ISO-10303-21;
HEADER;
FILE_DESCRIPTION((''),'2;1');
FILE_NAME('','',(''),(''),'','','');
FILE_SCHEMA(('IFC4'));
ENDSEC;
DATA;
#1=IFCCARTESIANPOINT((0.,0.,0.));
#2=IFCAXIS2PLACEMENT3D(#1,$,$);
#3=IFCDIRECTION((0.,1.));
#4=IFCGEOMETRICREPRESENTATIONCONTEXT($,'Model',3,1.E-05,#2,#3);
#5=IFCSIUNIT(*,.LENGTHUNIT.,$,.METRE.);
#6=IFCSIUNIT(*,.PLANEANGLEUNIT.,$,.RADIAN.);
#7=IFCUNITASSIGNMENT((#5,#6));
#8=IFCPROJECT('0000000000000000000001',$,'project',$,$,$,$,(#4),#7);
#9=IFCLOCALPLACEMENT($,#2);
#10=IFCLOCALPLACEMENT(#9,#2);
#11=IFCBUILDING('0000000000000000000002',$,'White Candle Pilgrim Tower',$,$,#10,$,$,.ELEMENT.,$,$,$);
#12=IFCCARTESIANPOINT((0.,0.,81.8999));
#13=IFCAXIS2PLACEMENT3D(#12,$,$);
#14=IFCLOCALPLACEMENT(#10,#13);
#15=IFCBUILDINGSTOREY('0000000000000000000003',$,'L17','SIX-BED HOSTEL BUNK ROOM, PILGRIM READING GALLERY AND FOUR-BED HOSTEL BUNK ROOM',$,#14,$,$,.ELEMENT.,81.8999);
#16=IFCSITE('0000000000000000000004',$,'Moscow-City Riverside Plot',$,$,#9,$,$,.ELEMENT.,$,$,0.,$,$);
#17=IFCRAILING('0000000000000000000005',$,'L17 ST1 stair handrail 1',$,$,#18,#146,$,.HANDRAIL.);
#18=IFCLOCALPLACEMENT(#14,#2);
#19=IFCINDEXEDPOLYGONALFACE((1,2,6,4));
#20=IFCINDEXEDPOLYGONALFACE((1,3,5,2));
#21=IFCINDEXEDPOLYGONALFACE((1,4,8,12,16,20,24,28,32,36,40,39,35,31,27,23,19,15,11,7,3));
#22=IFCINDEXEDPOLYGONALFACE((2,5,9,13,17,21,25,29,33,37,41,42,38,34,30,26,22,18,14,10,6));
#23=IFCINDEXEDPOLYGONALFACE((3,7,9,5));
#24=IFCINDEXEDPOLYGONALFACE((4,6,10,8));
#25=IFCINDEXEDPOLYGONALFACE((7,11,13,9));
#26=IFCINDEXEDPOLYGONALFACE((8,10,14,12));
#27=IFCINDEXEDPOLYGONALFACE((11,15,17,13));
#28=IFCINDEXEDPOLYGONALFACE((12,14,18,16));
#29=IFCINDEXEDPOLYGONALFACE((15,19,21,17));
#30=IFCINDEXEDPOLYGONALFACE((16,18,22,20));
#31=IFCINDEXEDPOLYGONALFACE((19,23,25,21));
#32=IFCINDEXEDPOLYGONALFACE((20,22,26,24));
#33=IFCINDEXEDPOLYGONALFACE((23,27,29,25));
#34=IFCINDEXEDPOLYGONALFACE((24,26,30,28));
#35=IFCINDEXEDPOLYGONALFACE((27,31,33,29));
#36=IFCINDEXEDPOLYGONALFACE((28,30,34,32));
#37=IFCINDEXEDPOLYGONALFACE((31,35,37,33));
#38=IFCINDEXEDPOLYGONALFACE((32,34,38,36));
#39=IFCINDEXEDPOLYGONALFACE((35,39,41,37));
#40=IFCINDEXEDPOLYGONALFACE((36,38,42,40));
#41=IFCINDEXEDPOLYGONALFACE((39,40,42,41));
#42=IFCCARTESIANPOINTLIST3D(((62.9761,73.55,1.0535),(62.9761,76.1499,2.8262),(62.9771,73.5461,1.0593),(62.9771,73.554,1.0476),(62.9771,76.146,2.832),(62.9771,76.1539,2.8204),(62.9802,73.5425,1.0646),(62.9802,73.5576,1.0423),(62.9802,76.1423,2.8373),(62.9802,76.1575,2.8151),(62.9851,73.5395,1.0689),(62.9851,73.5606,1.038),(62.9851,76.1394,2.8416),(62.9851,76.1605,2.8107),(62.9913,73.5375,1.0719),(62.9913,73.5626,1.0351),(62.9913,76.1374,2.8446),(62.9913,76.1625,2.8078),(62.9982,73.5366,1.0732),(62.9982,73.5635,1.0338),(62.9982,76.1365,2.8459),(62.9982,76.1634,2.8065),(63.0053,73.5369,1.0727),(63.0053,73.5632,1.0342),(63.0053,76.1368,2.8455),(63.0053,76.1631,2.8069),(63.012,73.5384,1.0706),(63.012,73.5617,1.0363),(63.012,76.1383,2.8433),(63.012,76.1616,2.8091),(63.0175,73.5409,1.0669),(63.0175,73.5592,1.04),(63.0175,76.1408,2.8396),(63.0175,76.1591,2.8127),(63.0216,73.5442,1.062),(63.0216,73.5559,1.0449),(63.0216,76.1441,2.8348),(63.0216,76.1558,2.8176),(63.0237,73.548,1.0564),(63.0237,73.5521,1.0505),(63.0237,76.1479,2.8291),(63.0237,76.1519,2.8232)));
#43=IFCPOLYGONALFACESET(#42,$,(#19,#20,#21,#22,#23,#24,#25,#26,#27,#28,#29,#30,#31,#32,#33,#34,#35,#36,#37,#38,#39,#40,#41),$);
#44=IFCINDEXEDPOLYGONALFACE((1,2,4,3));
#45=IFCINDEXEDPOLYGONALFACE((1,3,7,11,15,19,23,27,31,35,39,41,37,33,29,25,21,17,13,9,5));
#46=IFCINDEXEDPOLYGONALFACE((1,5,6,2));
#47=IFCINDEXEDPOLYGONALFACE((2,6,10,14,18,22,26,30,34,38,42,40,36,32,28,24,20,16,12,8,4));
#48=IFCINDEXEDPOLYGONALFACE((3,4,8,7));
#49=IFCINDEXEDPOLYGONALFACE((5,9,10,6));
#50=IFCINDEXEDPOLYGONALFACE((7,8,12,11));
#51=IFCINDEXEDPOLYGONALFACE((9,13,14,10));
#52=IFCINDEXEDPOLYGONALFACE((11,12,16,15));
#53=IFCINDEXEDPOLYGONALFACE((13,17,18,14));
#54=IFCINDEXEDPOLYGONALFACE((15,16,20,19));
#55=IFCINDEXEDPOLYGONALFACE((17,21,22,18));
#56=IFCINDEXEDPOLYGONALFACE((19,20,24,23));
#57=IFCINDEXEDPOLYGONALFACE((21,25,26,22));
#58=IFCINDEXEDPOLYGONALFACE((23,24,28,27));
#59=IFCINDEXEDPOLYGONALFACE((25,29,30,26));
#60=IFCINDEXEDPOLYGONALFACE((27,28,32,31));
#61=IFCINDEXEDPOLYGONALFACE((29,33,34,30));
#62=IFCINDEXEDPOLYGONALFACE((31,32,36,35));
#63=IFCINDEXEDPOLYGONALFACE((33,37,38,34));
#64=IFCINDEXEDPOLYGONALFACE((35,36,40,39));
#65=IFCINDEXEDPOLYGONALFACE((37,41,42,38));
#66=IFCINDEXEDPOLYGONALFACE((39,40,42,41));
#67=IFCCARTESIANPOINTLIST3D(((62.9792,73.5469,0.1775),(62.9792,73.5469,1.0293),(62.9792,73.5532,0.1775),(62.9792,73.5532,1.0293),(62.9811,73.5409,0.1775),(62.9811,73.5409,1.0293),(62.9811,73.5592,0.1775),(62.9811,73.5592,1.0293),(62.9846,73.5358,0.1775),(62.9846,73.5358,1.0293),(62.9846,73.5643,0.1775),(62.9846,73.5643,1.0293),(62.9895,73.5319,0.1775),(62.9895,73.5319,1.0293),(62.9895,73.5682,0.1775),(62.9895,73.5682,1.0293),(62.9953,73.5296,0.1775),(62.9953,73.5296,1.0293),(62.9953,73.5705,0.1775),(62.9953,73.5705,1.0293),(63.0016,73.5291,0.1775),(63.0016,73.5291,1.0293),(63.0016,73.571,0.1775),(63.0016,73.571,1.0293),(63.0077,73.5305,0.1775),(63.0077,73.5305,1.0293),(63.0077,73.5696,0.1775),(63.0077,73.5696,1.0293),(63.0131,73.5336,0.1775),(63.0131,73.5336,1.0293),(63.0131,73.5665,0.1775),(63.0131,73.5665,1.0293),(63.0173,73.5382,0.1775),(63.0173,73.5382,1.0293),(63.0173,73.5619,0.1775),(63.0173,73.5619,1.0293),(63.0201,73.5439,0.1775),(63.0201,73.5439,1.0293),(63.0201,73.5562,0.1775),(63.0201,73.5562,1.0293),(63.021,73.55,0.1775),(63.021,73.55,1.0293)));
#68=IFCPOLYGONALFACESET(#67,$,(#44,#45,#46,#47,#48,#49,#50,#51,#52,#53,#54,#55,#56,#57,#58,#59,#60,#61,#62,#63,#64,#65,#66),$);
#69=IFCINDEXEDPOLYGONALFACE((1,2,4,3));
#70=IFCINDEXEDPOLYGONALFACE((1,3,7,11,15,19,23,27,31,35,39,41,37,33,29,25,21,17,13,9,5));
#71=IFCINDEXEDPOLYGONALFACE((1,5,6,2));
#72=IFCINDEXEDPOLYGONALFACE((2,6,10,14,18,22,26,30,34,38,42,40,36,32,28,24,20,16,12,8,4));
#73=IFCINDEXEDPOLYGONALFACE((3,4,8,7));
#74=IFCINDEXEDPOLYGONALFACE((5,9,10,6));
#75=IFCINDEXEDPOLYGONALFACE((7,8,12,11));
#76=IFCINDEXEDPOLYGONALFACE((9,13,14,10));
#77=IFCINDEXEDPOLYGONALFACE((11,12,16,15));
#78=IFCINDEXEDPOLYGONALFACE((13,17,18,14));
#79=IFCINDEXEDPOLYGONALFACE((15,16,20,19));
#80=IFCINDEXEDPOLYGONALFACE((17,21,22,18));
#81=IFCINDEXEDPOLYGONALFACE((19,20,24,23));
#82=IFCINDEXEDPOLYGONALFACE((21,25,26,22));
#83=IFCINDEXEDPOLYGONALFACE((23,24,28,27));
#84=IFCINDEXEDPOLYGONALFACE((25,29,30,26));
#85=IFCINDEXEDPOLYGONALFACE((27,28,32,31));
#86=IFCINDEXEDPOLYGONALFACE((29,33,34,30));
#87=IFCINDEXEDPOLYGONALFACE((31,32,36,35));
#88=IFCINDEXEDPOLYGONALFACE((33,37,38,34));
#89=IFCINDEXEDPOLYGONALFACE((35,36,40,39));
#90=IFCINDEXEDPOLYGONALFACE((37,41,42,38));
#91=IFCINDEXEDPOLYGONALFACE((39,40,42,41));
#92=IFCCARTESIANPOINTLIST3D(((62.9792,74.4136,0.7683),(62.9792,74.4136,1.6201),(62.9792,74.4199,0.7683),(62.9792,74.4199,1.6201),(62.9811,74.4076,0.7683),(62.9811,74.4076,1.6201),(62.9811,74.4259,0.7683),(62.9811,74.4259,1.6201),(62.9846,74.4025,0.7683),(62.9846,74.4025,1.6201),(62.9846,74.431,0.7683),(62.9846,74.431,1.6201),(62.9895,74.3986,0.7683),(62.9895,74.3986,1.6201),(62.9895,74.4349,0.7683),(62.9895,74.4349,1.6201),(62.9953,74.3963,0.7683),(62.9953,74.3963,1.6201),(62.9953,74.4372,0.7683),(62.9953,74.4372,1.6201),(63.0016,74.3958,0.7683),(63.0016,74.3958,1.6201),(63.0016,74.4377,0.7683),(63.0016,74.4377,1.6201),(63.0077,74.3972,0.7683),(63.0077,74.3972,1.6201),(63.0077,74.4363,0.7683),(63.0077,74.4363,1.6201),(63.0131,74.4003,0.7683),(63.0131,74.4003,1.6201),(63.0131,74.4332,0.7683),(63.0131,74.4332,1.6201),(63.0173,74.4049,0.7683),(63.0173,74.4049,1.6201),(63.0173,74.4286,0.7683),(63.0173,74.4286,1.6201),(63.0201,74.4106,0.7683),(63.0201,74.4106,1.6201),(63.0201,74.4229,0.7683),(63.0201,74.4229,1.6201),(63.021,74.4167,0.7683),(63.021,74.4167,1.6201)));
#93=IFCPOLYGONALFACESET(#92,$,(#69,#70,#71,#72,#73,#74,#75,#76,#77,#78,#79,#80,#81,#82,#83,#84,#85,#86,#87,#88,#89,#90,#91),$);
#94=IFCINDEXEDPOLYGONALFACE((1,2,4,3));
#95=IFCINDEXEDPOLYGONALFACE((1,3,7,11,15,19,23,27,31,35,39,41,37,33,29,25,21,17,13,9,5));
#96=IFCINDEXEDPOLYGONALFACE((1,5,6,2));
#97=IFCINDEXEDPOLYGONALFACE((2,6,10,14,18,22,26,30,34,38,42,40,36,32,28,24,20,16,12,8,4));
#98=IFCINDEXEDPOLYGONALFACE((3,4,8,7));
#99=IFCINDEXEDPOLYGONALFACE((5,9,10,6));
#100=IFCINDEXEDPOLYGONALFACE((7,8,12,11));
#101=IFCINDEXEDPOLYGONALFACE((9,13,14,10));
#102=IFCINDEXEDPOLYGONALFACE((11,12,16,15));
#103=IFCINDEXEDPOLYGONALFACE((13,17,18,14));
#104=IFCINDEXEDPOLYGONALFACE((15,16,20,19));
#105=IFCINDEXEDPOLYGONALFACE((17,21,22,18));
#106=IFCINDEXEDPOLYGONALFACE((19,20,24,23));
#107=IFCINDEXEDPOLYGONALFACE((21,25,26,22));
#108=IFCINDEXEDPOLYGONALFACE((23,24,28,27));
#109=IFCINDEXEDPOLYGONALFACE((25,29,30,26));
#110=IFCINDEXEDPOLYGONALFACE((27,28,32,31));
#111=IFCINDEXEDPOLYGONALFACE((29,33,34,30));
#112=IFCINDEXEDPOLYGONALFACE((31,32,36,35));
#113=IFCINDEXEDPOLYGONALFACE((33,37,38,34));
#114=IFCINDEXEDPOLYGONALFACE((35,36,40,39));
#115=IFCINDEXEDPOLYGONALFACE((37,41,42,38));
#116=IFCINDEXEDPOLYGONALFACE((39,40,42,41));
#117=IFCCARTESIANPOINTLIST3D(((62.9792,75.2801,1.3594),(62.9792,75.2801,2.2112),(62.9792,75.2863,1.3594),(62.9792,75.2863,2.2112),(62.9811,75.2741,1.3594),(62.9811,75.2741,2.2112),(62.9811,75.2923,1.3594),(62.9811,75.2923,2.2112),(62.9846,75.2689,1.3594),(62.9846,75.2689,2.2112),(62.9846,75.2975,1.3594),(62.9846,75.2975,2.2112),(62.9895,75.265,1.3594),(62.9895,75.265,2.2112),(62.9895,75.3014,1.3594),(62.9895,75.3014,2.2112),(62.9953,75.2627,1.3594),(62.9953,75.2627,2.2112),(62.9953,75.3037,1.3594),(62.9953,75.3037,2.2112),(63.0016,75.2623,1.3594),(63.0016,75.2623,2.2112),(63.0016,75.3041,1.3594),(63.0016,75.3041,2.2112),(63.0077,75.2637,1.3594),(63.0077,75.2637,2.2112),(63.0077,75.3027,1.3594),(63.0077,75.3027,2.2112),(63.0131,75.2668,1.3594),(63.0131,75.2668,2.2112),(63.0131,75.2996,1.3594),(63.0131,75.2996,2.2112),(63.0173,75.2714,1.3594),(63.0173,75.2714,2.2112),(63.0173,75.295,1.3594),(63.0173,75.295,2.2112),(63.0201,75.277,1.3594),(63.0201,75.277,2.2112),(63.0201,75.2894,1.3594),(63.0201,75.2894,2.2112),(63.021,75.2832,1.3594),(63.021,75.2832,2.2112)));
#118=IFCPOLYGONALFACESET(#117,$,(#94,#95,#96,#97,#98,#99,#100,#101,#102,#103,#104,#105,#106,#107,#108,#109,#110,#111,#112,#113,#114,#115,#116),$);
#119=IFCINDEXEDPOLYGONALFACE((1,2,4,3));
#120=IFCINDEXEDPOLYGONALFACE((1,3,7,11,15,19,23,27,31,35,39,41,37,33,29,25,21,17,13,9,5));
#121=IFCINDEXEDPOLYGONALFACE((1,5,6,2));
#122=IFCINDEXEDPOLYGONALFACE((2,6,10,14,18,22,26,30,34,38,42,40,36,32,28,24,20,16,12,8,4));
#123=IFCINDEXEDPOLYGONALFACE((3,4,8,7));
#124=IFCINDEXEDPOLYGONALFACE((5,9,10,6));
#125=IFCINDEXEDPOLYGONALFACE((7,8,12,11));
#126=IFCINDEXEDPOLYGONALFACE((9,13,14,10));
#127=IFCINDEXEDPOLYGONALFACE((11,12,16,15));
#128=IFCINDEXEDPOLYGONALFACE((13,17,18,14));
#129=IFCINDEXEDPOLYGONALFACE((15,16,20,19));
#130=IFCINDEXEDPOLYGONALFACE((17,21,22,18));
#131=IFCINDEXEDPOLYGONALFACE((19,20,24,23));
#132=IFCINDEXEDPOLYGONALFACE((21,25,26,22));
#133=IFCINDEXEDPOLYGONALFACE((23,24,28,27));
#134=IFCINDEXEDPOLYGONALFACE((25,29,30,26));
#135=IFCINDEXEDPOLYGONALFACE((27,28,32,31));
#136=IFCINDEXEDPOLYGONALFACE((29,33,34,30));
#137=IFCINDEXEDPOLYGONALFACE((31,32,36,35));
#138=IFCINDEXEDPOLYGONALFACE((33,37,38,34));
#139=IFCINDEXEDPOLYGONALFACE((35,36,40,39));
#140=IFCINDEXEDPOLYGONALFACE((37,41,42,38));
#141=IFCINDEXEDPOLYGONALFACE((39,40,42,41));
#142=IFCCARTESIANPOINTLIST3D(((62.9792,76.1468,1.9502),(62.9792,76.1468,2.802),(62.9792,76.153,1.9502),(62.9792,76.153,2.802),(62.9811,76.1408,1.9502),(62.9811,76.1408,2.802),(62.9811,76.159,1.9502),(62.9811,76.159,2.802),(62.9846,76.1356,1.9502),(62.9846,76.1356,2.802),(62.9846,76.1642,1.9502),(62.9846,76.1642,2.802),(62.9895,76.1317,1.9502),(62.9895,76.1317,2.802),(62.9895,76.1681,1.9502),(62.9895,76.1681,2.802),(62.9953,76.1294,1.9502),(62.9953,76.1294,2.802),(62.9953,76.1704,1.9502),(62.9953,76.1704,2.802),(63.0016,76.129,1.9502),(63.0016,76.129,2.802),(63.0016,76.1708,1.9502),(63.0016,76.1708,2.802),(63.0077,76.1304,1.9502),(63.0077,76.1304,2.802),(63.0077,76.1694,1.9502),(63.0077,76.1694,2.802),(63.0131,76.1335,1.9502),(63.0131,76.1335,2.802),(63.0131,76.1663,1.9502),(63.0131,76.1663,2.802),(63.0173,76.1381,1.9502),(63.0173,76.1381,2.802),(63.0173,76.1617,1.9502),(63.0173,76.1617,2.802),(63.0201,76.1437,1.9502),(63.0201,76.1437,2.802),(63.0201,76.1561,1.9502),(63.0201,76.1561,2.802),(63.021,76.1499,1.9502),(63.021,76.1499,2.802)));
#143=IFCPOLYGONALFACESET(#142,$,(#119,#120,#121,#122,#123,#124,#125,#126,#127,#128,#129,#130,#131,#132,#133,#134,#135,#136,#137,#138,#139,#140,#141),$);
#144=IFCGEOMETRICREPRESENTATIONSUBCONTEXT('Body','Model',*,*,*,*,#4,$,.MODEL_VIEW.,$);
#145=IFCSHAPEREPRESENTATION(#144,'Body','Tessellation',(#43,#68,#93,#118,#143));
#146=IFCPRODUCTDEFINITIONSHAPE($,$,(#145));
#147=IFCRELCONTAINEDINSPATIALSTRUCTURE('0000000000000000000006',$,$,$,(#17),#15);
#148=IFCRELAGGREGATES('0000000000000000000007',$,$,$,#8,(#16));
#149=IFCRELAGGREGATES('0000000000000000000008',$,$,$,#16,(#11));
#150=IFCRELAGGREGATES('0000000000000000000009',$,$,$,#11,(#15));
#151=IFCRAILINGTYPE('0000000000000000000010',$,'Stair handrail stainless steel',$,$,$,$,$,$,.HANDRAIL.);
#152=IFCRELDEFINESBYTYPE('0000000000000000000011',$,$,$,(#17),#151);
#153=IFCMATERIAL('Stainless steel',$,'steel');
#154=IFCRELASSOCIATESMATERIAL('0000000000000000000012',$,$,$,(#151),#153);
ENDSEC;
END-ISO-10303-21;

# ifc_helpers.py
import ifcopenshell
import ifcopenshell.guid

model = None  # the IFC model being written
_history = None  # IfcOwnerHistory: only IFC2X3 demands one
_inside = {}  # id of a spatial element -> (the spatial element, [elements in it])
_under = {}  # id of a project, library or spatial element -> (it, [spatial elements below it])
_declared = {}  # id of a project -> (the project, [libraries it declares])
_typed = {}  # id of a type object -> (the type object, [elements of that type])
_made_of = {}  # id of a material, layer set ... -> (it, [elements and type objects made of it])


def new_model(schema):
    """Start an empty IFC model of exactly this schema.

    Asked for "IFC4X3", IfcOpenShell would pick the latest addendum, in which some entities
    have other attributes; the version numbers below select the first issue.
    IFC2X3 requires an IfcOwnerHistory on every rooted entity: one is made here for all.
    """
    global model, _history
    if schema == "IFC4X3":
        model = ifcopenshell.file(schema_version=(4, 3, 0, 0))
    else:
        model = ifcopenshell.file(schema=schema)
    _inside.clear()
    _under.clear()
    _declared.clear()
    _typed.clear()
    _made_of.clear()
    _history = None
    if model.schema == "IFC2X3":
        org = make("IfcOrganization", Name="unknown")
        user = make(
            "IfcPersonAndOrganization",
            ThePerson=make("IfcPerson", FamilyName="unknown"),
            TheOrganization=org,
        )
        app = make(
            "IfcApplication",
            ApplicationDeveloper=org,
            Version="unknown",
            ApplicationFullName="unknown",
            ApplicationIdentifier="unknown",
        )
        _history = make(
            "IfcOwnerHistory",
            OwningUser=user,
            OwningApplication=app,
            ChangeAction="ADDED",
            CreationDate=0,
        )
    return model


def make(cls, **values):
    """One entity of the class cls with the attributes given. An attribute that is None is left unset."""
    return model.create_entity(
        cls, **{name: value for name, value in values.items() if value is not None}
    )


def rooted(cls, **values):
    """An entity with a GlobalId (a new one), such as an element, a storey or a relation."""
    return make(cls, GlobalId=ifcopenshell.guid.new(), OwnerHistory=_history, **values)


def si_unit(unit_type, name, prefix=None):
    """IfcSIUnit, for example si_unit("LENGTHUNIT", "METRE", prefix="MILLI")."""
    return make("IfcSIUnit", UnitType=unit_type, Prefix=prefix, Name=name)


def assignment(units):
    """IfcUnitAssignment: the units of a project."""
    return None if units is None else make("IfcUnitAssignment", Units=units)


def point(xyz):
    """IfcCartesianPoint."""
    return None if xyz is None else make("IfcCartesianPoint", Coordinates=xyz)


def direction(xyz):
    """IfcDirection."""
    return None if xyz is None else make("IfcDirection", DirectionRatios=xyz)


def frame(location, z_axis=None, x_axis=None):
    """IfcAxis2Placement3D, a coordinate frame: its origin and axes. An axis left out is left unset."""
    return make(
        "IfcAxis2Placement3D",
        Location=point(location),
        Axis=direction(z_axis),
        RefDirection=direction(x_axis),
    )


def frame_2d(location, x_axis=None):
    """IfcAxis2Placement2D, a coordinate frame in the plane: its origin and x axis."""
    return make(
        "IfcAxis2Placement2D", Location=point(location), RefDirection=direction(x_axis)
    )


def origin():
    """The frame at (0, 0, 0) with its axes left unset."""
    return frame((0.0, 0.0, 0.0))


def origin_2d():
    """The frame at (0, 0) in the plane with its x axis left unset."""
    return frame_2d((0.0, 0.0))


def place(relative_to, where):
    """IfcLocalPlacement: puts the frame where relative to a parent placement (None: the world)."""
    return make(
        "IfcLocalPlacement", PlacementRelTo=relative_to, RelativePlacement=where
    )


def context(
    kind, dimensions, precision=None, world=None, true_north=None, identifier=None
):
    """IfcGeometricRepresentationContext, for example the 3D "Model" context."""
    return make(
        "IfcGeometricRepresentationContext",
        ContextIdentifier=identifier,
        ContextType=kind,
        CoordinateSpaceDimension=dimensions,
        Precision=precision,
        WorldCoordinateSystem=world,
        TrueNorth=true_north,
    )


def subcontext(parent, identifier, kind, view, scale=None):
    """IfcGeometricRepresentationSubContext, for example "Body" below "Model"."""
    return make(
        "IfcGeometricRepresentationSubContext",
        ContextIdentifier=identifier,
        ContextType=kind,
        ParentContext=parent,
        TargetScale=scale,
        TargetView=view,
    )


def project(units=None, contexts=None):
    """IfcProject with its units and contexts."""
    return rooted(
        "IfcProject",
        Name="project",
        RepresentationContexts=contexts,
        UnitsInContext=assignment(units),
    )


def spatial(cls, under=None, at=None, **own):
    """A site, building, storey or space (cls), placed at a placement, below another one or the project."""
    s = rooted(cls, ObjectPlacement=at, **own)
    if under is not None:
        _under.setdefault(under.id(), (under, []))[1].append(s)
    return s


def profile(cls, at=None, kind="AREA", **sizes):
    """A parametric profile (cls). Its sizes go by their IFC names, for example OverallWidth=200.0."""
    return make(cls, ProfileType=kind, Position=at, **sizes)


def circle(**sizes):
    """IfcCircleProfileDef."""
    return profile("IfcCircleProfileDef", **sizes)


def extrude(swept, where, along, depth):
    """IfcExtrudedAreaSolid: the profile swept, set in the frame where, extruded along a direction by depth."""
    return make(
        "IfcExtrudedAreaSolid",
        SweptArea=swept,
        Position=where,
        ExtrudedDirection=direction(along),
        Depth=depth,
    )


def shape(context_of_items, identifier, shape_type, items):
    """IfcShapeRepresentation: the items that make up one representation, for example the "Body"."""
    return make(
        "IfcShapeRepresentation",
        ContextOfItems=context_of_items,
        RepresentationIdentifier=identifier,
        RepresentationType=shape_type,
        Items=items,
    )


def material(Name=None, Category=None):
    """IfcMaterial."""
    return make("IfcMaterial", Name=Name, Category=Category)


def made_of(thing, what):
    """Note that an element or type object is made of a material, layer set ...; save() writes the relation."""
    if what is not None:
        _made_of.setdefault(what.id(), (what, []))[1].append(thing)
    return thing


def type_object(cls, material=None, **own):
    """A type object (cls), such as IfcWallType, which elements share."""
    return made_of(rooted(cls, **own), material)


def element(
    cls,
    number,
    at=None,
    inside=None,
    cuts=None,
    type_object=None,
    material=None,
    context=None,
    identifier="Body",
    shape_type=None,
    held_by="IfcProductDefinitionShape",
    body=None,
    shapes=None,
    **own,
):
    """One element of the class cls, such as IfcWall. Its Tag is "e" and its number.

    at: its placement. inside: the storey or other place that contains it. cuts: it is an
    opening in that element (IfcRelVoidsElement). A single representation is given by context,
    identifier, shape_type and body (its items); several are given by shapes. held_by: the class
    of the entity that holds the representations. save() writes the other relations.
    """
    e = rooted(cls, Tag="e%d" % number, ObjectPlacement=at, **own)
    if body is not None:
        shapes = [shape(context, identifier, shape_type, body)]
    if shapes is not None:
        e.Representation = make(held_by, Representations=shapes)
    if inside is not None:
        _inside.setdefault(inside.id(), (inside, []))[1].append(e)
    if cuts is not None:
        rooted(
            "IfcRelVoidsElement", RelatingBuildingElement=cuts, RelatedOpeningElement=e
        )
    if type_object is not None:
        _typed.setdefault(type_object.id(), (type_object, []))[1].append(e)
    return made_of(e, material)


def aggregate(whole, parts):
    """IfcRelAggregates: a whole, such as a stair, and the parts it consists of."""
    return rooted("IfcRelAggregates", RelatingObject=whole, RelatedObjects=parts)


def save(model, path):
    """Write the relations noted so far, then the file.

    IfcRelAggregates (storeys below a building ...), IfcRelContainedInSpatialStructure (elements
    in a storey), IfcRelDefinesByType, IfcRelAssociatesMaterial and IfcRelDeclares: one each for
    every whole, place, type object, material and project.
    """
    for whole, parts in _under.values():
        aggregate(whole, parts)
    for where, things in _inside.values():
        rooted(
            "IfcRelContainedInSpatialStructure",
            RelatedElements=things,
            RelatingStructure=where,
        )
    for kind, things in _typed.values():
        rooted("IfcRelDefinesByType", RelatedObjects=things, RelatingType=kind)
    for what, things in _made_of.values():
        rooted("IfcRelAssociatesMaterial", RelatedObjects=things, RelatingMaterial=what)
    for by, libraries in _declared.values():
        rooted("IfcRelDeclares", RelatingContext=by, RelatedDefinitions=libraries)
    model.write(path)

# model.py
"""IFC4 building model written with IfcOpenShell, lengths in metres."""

from ifc_helpers import new_model, si_unit, direction, frame, origin, origin_2d, place, context, subcontext, project, spatial, circle, extrude, material, type_object, element, save


model = new_model("IFC4")

# Units and contexts
model_context = context("Model", 3, precision=1e-05, world=origin(), true_north=direction((0.0, 1.0)))
body_context = subcontext(model_context, "Body", "Model", "MODEL_VIEW")
ifc_project = project(units=[si_unit("LENGTHUNIT", "METRE"), si_unit("PLANEANGLEUNIT", "RADIAN")], contexts=[model_context])

# Site, building, storey
site_placement = place(None, origin())
site = spatial("IfcSite", under=ifc_project, at=site_placement, Name="Moscow-City Riverside Plot", CompositionType="ELEMENT", RefElevation=0.0)
building_placement = place(site_placement, origin())
building = spatial("IfcBuilding", under=site, at=building_placement, Name="White Candle Pilgrim Tower", CompositionType="ELEMENT")
storey_placement = place(building_placement, frame((0.0, 0.0, 81.8999)))
storey = spatial("IfcBuildingStorey", under=building, at=storey_placement, Name="L17", Description="SIX-BED HOSTEL BUNK ROOM, PILGRIM READING GALLERY AND FOUR-BED HOSTEL BUNK ROOM", CompositionType="ELEMENT", Elevation=81.8999)

# Railing
ifc_material_1 = material(Name="Stainless steel", Category="steel")
railing_type = type_object("IfcRailingType", Name="Stair handrail stainless steel", PredefinedType="HANDRAIL", material=ifc_material_1)
railing_placement = place(storey_placement, frame((63.0, 73.55, 0.1775)))
element("IfcRailing", 1, at=railing_placement, inside=storey, type_object=railing_type, Name="L17 ST1 stair handrail 1", PredefinedType="HANDRAIL", context=body_context, shape_type="SweptSolid", body=[
    extrude(circle(Radius=0.0239, at=origin_2d()), frame((0.0, 0.0, 0.876), z_axis=(0.0, 0.826216, 0.563354), x_axis=(-1.0, 0.0, 0.0)), (0.0, 0.0, 1.0), 3.1467),
    extrude(circle(Radius=0.021, at=origin_2d()), origin(), (0.0, 0.0, 1.0), 0.8518),
    extrude(circle(Radius=0.021, at=origin_2d()), frame((0.0, 0.8667, 0.5908)), (0.0, 0.0, 1.0), 0.8518),
    extrude(circle(Radius=0.021, at=origin_2d()), frame((0.0, 1.7332, 1.1819)), (0.0, 0.0, 1.0), 0.8518),
    extrude(circle(Radius=0.021, at=origin_2d()), frame((0.0, 2.5999, 1.7727)), (0.0, 0.0, 1.0), 0.8518),
])

save(model, "model.ifc")
